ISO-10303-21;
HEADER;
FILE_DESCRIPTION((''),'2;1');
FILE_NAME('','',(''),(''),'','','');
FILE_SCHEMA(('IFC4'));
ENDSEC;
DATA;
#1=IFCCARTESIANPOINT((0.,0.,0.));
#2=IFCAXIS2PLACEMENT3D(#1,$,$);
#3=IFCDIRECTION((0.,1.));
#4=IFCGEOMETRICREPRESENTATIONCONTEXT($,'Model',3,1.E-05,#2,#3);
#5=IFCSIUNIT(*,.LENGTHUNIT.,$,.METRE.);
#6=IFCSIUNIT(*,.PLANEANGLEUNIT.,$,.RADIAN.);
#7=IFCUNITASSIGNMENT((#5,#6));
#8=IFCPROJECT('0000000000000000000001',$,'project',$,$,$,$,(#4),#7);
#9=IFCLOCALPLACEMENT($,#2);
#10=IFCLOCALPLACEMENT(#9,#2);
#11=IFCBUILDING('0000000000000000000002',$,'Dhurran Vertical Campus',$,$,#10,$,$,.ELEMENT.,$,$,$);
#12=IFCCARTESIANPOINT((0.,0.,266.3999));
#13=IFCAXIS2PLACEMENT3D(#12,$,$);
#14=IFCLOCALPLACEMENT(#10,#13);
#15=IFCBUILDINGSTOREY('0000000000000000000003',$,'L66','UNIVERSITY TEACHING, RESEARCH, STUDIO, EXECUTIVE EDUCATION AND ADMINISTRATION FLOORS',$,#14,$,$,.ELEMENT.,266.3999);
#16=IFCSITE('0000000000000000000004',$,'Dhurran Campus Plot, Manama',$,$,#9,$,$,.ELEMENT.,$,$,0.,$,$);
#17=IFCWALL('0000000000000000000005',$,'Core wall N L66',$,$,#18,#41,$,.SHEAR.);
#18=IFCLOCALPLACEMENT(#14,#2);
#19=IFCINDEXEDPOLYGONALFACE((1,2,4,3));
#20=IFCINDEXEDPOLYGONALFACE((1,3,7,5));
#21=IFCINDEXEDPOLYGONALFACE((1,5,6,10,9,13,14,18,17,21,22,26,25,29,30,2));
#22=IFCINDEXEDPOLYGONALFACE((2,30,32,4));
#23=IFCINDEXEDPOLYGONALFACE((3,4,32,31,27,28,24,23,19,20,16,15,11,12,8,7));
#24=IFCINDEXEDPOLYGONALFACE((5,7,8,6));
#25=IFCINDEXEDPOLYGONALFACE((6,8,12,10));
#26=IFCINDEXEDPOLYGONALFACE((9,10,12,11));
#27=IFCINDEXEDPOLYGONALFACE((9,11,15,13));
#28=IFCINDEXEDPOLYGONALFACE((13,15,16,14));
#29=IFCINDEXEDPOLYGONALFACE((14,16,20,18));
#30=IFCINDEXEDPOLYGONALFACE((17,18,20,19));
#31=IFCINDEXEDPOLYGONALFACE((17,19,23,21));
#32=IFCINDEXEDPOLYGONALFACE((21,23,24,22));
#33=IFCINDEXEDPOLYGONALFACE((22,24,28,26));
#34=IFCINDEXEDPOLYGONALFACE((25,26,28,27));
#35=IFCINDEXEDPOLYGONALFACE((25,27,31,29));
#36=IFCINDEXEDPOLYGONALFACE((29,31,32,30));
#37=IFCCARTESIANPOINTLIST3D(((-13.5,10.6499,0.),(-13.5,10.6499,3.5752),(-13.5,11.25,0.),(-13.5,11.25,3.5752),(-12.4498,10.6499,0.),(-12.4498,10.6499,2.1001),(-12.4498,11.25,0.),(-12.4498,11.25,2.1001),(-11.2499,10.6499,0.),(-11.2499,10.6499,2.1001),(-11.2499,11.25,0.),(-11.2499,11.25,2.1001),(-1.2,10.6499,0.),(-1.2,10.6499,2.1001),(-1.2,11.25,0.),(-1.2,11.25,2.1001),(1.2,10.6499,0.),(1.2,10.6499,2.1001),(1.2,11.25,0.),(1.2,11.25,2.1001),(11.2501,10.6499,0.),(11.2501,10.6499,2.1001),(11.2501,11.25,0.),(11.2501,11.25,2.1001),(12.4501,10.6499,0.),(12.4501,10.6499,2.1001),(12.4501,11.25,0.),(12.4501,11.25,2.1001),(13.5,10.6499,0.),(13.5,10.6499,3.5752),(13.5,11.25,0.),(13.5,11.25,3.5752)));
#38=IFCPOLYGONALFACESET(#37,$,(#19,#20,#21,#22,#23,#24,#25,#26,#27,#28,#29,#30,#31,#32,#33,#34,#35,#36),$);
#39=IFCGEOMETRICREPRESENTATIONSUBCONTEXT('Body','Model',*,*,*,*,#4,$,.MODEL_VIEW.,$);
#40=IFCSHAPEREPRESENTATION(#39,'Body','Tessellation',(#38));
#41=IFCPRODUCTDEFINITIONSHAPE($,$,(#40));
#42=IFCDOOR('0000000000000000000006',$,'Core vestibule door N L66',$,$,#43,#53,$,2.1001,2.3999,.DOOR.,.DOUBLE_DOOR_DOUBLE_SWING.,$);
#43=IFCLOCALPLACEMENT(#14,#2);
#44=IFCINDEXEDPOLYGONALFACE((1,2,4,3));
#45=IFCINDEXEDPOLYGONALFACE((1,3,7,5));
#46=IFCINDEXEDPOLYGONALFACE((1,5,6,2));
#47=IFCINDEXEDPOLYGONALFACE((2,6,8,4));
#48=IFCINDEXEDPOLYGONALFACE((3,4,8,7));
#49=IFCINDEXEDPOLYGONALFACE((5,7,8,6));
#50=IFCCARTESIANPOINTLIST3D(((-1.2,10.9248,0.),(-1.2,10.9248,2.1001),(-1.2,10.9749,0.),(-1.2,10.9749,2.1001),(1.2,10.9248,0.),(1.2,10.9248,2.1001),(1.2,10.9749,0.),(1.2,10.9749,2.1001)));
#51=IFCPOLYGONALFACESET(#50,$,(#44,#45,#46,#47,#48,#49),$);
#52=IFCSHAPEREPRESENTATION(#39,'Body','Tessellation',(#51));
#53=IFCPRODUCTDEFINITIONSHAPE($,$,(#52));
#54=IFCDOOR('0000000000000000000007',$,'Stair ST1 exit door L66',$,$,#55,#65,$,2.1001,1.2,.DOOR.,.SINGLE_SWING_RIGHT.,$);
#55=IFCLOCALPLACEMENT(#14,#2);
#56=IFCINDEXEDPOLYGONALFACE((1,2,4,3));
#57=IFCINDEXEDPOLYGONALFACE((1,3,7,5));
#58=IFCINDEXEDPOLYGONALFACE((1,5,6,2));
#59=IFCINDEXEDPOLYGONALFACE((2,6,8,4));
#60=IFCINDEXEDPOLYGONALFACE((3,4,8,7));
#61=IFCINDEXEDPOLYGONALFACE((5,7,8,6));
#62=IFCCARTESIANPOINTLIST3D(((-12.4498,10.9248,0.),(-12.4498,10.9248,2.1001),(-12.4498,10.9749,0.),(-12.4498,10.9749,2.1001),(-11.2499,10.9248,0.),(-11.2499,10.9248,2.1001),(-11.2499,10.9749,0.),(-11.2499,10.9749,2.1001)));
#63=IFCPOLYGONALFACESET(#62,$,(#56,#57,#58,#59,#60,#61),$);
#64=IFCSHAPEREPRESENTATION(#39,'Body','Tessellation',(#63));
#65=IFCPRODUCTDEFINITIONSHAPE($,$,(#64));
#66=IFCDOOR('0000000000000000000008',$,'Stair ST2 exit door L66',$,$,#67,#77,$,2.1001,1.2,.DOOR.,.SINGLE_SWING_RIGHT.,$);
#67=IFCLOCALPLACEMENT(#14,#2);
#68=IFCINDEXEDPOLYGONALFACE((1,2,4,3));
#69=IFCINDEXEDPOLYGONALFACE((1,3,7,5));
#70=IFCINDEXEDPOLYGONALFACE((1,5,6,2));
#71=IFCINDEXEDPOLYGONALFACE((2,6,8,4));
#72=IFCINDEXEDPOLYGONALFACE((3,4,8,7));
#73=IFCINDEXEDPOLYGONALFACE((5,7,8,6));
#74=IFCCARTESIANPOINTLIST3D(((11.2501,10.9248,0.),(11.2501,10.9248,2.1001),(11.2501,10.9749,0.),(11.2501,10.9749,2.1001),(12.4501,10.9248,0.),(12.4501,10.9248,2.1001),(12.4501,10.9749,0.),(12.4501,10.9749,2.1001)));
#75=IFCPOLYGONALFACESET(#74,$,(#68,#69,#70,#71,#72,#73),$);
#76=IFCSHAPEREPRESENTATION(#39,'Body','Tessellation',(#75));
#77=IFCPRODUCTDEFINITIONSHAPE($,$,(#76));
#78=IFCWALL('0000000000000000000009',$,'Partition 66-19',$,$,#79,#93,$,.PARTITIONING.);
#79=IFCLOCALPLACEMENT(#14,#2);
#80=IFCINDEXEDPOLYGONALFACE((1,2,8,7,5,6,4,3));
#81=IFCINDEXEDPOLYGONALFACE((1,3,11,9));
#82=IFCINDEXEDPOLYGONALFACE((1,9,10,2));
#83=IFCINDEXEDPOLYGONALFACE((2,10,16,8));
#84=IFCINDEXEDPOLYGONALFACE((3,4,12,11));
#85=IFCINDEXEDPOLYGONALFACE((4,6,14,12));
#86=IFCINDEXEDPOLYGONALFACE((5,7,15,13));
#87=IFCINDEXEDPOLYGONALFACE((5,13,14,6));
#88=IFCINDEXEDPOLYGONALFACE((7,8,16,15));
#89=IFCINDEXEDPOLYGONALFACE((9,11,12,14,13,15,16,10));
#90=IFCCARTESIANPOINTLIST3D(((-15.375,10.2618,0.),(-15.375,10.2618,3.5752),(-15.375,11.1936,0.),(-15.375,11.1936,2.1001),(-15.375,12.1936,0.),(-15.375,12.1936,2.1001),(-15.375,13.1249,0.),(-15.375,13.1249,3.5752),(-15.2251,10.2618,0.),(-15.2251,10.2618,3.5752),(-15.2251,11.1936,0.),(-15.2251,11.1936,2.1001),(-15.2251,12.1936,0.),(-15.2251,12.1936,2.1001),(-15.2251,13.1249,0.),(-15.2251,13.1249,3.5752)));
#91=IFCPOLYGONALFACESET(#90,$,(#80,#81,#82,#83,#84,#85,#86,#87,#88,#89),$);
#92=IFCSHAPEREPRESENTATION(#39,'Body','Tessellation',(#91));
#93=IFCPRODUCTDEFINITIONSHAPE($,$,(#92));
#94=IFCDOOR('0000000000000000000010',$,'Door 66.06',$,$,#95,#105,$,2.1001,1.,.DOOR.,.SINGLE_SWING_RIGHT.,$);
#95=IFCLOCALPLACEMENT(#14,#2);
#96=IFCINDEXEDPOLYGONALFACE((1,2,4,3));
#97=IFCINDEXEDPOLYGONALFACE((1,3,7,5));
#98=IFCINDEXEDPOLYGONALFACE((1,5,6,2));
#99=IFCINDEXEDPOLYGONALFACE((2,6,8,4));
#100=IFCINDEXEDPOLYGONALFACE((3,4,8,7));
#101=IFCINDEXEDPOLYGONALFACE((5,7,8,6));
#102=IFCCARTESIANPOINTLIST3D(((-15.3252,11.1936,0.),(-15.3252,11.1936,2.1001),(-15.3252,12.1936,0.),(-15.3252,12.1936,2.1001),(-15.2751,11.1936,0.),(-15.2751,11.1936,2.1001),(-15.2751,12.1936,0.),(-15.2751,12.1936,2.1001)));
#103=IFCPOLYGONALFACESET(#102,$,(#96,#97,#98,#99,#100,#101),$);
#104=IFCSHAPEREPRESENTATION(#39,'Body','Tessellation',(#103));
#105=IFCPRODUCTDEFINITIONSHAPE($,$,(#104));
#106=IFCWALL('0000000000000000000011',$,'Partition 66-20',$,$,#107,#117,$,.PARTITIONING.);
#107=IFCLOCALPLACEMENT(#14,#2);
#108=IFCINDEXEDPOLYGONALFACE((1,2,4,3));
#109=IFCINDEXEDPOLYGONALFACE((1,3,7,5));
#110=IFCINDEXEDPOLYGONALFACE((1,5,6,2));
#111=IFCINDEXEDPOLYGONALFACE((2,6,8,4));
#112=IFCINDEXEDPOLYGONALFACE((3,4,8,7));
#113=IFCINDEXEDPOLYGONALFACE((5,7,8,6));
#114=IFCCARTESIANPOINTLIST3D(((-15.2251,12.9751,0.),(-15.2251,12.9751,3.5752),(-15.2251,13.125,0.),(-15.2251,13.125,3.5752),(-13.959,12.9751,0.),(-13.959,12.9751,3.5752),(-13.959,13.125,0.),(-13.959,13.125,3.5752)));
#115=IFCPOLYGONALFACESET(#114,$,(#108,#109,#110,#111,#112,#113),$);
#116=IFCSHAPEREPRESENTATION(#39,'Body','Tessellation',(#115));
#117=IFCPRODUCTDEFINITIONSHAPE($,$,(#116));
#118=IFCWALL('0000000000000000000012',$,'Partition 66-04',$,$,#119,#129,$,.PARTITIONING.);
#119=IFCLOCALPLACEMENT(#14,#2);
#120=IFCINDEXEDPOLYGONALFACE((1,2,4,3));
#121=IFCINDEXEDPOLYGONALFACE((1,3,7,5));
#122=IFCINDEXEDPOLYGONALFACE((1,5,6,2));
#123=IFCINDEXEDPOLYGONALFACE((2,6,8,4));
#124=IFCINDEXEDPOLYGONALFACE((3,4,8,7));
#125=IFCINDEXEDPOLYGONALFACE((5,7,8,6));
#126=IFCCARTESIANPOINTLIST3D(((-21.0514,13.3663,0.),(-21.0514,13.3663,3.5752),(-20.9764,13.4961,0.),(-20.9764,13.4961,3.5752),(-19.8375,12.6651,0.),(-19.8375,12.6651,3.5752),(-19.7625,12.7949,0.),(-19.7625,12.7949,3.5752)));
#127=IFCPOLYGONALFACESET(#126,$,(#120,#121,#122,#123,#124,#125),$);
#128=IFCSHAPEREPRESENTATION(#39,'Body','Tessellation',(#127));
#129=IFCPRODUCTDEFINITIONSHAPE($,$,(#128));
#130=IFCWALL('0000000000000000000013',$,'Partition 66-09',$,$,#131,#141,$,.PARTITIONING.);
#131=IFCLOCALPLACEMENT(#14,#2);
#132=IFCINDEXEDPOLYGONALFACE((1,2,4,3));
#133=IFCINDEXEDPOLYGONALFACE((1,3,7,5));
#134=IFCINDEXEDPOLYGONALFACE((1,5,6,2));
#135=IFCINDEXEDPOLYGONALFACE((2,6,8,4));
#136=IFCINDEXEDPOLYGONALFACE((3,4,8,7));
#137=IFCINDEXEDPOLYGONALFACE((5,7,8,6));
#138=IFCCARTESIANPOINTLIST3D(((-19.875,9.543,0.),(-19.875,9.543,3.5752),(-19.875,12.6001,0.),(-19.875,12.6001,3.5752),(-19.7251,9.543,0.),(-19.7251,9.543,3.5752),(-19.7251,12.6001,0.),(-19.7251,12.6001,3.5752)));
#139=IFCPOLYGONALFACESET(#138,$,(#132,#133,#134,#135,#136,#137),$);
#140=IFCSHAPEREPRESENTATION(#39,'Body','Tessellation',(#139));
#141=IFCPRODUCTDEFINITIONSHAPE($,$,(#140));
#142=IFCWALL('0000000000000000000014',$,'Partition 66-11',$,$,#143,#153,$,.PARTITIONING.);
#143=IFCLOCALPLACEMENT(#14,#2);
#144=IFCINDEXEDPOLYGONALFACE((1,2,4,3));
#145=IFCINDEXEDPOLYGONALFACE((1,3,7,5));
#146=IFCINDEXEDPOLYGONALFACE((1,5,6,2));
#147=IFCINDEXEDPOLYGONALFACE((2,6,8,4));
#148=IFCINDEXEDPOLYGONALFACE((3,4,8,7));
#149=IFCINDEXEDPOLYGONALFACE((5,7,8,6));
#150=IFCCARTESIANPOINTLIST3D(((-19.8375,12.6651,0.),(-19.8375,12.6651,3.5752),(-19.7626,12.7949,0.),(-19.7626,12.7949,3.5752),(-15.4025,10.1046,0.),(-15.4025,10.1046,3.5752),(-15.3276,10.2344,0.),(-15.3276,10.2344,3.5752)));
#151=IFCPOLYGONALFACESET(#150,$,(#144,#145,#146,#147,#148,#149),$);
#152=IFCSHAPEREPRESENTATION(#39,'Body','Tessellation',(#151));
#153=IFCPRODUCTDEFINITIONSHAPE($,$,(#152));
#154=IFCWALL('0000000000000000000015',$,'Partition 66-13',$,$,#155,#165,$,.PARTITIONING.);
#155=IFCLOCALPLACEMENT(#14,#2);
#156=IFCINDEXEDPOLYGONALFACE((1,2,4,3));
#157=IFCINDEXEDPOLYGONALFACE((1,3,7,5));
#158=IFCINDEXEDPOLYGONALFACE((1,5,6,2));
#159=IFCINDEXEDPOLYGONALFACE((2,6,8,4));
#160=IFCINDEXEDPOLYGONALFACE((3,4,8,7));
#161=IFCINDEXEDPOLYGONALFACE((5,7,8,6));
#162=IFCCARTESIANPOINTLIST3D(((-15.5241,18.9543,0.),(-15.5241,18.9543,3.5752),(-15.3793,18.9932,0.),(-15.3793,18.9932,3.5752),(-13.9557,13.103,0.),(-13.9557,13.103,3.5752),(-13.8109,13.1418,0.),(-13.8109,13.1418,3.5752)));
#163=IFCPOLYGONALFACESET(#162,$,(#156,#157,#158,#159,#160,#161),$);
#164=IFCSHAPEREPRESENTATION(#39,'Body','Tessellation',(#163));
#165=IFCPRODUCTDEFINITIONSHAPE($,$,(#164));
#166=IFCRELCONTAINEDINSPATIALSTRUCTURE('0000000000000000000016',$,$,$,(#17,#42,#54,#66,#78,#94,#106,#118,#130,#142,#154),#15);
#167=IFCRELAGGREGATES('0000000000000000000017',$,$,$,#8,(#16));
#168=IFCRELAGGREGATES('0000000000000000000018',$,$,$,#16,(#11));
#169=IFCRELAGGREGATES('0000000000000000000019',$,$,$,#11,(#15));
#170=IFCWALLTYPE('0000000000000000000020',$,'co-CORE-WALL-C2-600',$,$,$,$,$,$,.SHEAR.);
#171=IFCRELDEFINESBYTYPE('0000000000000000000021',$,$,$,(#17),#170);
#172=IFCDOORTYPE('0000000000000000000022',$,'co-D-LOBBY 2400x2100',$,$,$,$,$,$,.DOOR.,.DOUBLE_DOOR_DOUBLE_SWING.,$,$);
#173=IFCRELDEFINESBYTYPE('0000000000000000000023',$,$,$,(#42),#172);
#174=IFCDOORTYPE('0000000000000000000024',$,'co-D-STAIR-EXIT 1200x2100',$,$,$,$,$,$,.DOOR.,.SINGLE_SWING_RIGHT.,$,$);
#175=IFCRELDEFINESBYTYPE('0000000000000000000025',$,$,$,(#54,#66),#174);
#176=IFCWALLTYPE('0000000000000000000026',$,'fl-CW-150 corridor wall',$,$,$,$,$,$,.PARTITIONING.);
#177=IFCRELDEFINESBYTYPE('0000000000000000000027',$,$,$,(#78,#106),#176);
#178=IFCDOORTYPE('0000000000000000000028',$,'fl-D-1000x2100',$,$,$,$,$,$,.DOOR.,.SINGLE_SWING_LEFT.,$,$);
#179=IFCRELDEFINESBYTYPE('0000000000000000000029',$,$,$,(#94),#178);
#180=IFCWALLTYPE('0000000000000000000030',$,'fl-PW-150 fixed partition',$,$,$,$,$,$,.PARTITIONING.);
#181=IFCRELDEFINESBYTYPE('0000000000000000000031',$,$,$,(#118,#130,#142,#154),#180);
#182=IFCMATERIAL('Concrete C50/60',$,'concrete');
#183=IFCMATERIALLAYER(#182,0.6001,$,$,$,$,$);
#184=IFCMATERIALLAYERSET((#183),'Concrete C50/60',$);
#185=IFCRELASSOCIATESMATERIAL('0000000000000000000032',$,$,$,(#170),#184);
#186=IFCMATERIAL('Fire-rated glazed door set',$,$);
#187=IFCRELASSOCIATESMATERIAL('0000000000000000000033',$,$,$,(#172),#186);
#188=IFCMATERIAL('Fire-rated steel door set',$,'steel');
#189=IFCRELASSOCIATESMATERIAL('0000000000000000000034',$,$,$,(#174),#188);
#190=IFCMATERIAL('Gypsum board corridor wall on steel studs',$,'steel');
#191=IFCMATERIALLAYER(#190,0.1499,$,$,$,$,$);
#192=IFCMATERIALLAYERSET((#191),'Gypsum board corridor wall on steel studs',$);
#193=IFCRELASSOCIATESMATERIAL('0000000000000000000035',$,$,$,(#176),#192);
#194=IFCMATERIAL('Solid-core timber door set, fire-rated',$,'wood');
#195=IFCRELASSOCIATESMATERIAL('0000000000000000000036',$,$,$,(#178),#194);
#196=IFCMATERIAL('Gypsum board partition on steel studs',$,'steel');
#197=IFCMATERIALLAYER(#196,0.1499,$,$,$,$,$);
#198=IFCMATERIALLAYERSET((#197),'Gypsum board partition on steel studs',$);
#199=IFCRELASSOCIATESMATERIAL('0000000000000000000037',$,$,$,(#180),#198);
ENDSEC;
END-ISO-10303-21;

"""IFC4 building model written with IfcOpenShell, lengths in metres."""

from ifc_helpers import new_model, si_unit, direction, frame, frame_2d, origin, place, context, subcontext, project, spatial, rectangle, extrude, material, layer, layer_set, type_object, element, fill, save


model = new_model("IFC4")

# Units and contexts
model_context = context("Model", 3, precision=1e-05, world=origin(), true_north=direction((0.0, 1.0)))
body_context = subcontext(model_context, "Body", "Model", "MODEL_VIEW")
ifc_project = project(units=[si_unit("LENGTHUNIT", "METRE"), si_unit("PLANEANGLEUNIT", "RADIAN")], contexts=[model_context])

# Site, building, storey
site_placement = place(None, origin())
site = spatial("IfcSite", under=ifc_project, at=site_placement, Name="Dhurran Campus Plot, Manama", CompositionType="ELEMENT", RefElevation=0.0)
building_placement = place(site_placement, origin())
building = spatial("IfcBuilding", under=site, at=building_placement, Name="Dhurran Vertical Campus", CompositionType="ELEMENT")
storey_placement = place(building_placement, frame((0.0, 0.0, 266.3999)))
storey = spatial("IfcBuildingStorey", under=building, at=storey_placement, Name="L66", Description="UNIVERSITY TEACHING, RESEARCH, STUDIO, EXECUTIVE EDUCATION AND ADMINISTRATION FLOORS", CompositionType="ELEMENT", Elevation=266.3999)

# Wall, openings, doors
ifc_material_1 = material(Name="Concrete C50/60", Category="concrete")
ifc_layer_1 = layer(ifc_material_1, 0.6001)
ifc_layer_set_1 = layer_set([ifc_layer_1], Name="Concrete C50/60")
wall_type_1 = type_object("IfcWallType", Name="co-CORE-WALL-C2-600", PredefinedType="SHEAR", material=ifc_layer_set_1)
wall_1_placement = place(storey_placement, frame((-13.5, 10.95, 0.0), z_axis=(0.0, 0.0, 1.0), x_axis=(1.0, 0.0, 0.0)))
wall_1 = element("IfcWall", 1, at=wall_1_placement, inside=storey, type_object=wall_type_1, Name="Core wall N L66", PredefinedType="SHEAR", context=body_context, shape_type="SweptSolid", body=[
    extrude(rectangle(XDim=27.0, YDim=0.6001, at=frame_2d((13.5, 0.0))), origin(), (0.0, 0.0, 1.0), 3.5752),
])
opening_1_placement = place(wall_1_placement, frame((12.3, 0.0, 0.0)))
opening_1 = element("IfcOpeningElement", 2, at=opening_1_placement, cuts=wall_1, PredefinedType="OPENING", context=body_context, shape_type="SweptSolid", body=[
    extrude(rectangle(XDim=2.3999, YDim=2.1001, at=frame_2d((1.2, 1.05))), frame((0.0, 0.3101, 0.0), z_axis=(0.0, -1.0, 0.0), x_axis=(1.0, 0.0, 0.0)), (0.0, 0.0, 1.0), 0.6201),
])
opening_2_placement = place(wall_1_placement, frame((1.05, 0.0, 0.0)))
opening_2 = element("IfcOpeningElement", 3, at=opening_2_placement, cuts=wall_1, PredefinedType="OPENING", context=body_context, shape_type="SweptSolid", body=[
    extrude(rectangle(XDim=1.2, YDim=2.1001, at=frame_2d((0.6001, 1.05))), frame((0.0, 0.3101, 0.0), z_axis=(0.0, -1.0, 0.0), x_axis=(1.0, 0.0, 0.0)), (0.0, 0.0, 1.0), 0.6201),
])
opening_3_placement = place(wall_1_placement, frame((24.75, 0.0, 0.0)))
opening_3 = element("IfcOpeningElement", 4, at=opening_3_placement, cuts=wall_1, PredefinedType="OPENING", context=body_context, shape_type="SweptSolid", body=[
    extrude(rectangle(XDim=1.2, YDim=2.1001, at=frame_2d((0.6001, 1.05))), frame((0.0, 0.3101, 0.0), z_axis=(0.0, -1.0, 0.0), x_axis=(1.0, 0.0, 0.0)), (0.0, 0.0, 1.0), 0.6201),
])
ifc_material_2 = material(Name="Fire-rated glazed door set")
door_type_1 = type_object("IfcDoorType", Name="co-D-LOBBY 2400x2100", OperationType="DOUBLE_DOOR_DOUBLE_SWING", PredefinedType="DOOR", material=ifc_material_2)
door_1_placement = place(opening_1_placement, origin())
door_1 = element("IfcDoor", 5, at=door_1_placement, inside=storey, type_object=door_type_1, Name="Core vestibule door N L66", OperationType="DOUBLE_DOOR_DOUBLE_SWING", OverallHeight=2.1001, OverallWidth=2.3999, PredefinedType="DOOR", context=body_context, shape_type="SweptSolid", body=[
    extrude(rectangle(XDim=2.3999, YDim=2.1001, at=frame_2d((1.2, 1.05))), frame((0.0, 0.0249, 0.0), z_axis=(0.0, -1.0, 0.0), x_axis=(1.0, 0.0, 0.0)), (0.0, 0.0, 1.0), 0.05),
])
fill(opening_1, door_1)
ifc_material_3 = material(Name="Fire-rated steel door set", Category="steel")
door_type_2 = type_object("IfcDoorType", Name="co-D-STAIR-EXIT 1200x2100", OperationType="SINGLE_SWING_RIGHT", PredefinedType="DOOR", material=ifc_material_3)
door_2_placement = place(opening_2_placement, origin())
door_2 = element("IfcDoor", 6, at=door_2_placement, inside=storey, type_object=door_type_2, Name="Stair ST1 exit door L66", OperationType="SINGLE_SWING_RIGHT", OverallHeight=2.1001, OverallWidth=1.2, PredefinedType="DOOR", context=body_context, shape_type="SweptSolid", body=[
    extrude(rectangle(XDim=1.2, YDim=2.1001, at=frame_2d((0.6001, 1.05))), frame((0.0, 0.0249, 0.0), z_axis=(0.0, -1.0, 0.0), x_axis=(1.0, 0.0, 0.0)), (0.0, 0.0, 1.0), 0.05),
])
fill(opening_2, door_2)
door_3_placement = place(opening_3_placement, origin())
door_3 = element("IfcDoor", 7, at=door_3_placement, inside=storey, type_object=door_type_2, Name="Stair ST2 exit door L66", OperationType="SINGLE_SWING_RIGHT", OverallHeight=2.1001, OverallWidth=1.2, PredefinedType="DOOR", context=body_context, shape_type="SweptSolid", body=[
    extrude(rectangle(XDim=1.2, YDim=2.1001, at=frame_2d((0.6001, 1.05))), frame((0.0, 0.0249, 0.0), z_axis=(0.0, -1.0, 0.0), x_axis=(1.0, 0.0, 0.0)), (0.0, 0.0, 1.0), 0.05),
])
fill(opening_3, door_3)

# Wall, opening, door
ifc_material_4 = material(Name="Gypsum board corridor wall on steel studs", Category="steel")
ifc_layer_2 = layer(ifc_material_4, 0.1499)
ifc_layer_set_2 = layer_set([ifc_layer_2], Name="Gypsum board corridor wall on steel studs")
wall_type_2 = type_object("IfcWallType", Name="fl-CW-150 corridor wall", PredefinedType="PARTITIONING", material=ifc_layer_set_2)
wall_2_placement = place(storey_placement, frame((-15.3, 13.125, 0.0), z_axis=(0.0, 0.0, 1.0), x_axis=(0.0, -1.0, 0.0)))
wall_2 = element("IfcWall", 8, at=wall_2_placement, inside=storey, type_object=wall_type_2, Name="Partition 66-19", PredefinedType="PARTITIONING", context=body_context, shape_type="SweptSolid", body=[
    extrude(rectangle(XDim=2.863, YDim=0.1499, at=frame_2d((1.4316, 0.0))), origin(), (0.0, 0.0, 1.0), 3.5752),
])
opening_4_placement = place(wall_2_placement, frame((0.9314, 0.0, 0.0)))
opening_4 = element("IfcOpeningElement", 9, at=opening_4_placement, cuts=wall_2, PredefinedType="OPENING", context=body_context, shape_type="SweptSolid", body=[
    extrude(rectangle(XDim=1.0, YDim=2.1001, at=frame_2d((0.5, 1.05))), frame((0.0, 0.085, 0.0), z_axis=(0.0, -1.0, 0.0), x_axis=(1.0, 0.0, 0.0)), (0.0, 0.0, 1.0), 0.1699),
])
ifc_material_5 = material(Name="Solid-core timber door set, fire-rated", Category="wood")
door_type_3 = type_object("IfcDoorType", Name="fl-D-1000x2100", OperationType="SINGLE_SWING_LEFT", PredefinedType="DOOR", material=ifc_material_5)
door_4_placement = place(opening_4_placement, origin())
door_4 = element("IfcDoor", 10, at=door_4_placement, inside=storey, type_object=door_type_3, Name="Door 66.06", OperationType="SINGLE_SWING_RIGHT", OverallHeight=2.1001, OverallWidth=1.0, PredefinedType="DOOR", context=body_context, shape_type="SweptSolid", body=[
    extrude(rectangle(XDim=1.0, YDim=2.1001, at=frame_2d((0.5, 1.05))), frame((0.0, 0.0249, 0.0), z_axis=(0.0, -1.0, 0.0), x_axis=(1.0, 0.0, 0.0)), (0.0, 0.0, 1.0), 0.05),
])
fill(opening_4, door_4)

# Walls
wall_3_placement = place(storey_placement, frame((-13.959, 13.05, 0.0), z_axis=(0.0, 0.0, 1.0), x_axis=(-1.0, 0.0, 0.0)))
element("IfcWall", 11, at=wall_3_placement, inside=storey, type_object=wall_type_2, Name="Partition 66-20", PredefinedType="PARTITIONING", context=body_context, shape_type="SweptSolid", body=[
    extrude(rectangle(XDim=1.2661, YDim=0.1499, at=frame_2d((0.6331, 0.0))), origin(), (0.0, 0.0, 1.0), 3.5752),
])
ifc_material_6 = material(Name="Gypsum board partition on steel studs", Category="steel")
ifc_layer_3 = layer(ifc_material_6, 0.1499)
ifc_layer_set_3 = layer_set([ifc_layer_3], Name="Gypsum board partition on steel studs")
wall_type_3 = type_object("IfcWallType", Name="fl-PW-150 fixed partition", PredefinedType="PARTITIONING", material=ifc_layer_set_3)
wall_4_placement = place(storey_placement, frame((-21.0139, 13.4312, 0.0), z_axis=(0.0, 0.0, 1.0), x_axis=(0.865919, -0.500185, 0.0)))
element("IfcWall", 12, at=wall_4_placement, inside=storey, type_object=wall_type_3, Name="Partition 66-04", PredefinedType="PARTITIONING", context=body_context, shape_type="SweptSolid", body=[
    extrude(rectangle(XDim=1.4019, YDim=0.1499, at=frame_2d((0.7009, 0.0))), origin(), (0.0, 0.0, 1.0), 3.5752),
])
wall_5_placement = place(storey_placement, frame((-19.8, 12.6001, 0.0), z_axis=(0.0, 0.0, 1.0), x_axis=(0.0, -1.0, 0.0)))
element("IfcWall", 13, at=wall_5_placement, inside=storey, type_object=wall_type_3, Name="Partition 66-09", PredefinedType="PARTITIONING", context=body_context, shape_type="SweptSolid", body=[
    extrude(rectangle(XDim=3.0571, YDim=0.1499, at=frame_2d((1.5286, 0.0))), origin(), (0.0, 0.0, 1.0), 3.5752),
])
wall_6_placement = place(storey_placement, frame((-19.8, 12.73, 0.0), z_axis=(0.0, 0.0, 1.0), x_axis=(0.866028, -0.499995, 0.0)))
element("IfcWall", 14, at=wall_6_placement, inside=storey, type_object=wall_type_3, Name="Partition 66-11", PredefinedType="PARTITIONING", context=body_context, shape_type="SweptSolid", body=[
    extrude(rectangle(XDim=5.1211, YDim=0.1499, at=frame_2d((2.5605, 0.0))), origin(), (0.0, 0.0, 1.0), 3.5752),
])
wall_7_placement = place(storey_placement, frame((-15.4517, 18.9736, 0.0), z_axis=(0.0, 0.0, 1.0), x_axis=(0.258897, -0.965905, 0.0)))
element("IfcWall", 15, at=wall_7_placement, inside=storey, type_object=wall_type_3, Name="Partition 66-13", PredefinedType="PARTITIONING", context=body_context, shape_type="SweptSolid", body=[
    extrude(rectangle(XDim=6.0579, YDim=0.1499, at=frame_2d((3.0288, 0.0))), origin(), (0.0, 0.0, 1.0), 3.5752),
])

save(model, "model.ifc")
